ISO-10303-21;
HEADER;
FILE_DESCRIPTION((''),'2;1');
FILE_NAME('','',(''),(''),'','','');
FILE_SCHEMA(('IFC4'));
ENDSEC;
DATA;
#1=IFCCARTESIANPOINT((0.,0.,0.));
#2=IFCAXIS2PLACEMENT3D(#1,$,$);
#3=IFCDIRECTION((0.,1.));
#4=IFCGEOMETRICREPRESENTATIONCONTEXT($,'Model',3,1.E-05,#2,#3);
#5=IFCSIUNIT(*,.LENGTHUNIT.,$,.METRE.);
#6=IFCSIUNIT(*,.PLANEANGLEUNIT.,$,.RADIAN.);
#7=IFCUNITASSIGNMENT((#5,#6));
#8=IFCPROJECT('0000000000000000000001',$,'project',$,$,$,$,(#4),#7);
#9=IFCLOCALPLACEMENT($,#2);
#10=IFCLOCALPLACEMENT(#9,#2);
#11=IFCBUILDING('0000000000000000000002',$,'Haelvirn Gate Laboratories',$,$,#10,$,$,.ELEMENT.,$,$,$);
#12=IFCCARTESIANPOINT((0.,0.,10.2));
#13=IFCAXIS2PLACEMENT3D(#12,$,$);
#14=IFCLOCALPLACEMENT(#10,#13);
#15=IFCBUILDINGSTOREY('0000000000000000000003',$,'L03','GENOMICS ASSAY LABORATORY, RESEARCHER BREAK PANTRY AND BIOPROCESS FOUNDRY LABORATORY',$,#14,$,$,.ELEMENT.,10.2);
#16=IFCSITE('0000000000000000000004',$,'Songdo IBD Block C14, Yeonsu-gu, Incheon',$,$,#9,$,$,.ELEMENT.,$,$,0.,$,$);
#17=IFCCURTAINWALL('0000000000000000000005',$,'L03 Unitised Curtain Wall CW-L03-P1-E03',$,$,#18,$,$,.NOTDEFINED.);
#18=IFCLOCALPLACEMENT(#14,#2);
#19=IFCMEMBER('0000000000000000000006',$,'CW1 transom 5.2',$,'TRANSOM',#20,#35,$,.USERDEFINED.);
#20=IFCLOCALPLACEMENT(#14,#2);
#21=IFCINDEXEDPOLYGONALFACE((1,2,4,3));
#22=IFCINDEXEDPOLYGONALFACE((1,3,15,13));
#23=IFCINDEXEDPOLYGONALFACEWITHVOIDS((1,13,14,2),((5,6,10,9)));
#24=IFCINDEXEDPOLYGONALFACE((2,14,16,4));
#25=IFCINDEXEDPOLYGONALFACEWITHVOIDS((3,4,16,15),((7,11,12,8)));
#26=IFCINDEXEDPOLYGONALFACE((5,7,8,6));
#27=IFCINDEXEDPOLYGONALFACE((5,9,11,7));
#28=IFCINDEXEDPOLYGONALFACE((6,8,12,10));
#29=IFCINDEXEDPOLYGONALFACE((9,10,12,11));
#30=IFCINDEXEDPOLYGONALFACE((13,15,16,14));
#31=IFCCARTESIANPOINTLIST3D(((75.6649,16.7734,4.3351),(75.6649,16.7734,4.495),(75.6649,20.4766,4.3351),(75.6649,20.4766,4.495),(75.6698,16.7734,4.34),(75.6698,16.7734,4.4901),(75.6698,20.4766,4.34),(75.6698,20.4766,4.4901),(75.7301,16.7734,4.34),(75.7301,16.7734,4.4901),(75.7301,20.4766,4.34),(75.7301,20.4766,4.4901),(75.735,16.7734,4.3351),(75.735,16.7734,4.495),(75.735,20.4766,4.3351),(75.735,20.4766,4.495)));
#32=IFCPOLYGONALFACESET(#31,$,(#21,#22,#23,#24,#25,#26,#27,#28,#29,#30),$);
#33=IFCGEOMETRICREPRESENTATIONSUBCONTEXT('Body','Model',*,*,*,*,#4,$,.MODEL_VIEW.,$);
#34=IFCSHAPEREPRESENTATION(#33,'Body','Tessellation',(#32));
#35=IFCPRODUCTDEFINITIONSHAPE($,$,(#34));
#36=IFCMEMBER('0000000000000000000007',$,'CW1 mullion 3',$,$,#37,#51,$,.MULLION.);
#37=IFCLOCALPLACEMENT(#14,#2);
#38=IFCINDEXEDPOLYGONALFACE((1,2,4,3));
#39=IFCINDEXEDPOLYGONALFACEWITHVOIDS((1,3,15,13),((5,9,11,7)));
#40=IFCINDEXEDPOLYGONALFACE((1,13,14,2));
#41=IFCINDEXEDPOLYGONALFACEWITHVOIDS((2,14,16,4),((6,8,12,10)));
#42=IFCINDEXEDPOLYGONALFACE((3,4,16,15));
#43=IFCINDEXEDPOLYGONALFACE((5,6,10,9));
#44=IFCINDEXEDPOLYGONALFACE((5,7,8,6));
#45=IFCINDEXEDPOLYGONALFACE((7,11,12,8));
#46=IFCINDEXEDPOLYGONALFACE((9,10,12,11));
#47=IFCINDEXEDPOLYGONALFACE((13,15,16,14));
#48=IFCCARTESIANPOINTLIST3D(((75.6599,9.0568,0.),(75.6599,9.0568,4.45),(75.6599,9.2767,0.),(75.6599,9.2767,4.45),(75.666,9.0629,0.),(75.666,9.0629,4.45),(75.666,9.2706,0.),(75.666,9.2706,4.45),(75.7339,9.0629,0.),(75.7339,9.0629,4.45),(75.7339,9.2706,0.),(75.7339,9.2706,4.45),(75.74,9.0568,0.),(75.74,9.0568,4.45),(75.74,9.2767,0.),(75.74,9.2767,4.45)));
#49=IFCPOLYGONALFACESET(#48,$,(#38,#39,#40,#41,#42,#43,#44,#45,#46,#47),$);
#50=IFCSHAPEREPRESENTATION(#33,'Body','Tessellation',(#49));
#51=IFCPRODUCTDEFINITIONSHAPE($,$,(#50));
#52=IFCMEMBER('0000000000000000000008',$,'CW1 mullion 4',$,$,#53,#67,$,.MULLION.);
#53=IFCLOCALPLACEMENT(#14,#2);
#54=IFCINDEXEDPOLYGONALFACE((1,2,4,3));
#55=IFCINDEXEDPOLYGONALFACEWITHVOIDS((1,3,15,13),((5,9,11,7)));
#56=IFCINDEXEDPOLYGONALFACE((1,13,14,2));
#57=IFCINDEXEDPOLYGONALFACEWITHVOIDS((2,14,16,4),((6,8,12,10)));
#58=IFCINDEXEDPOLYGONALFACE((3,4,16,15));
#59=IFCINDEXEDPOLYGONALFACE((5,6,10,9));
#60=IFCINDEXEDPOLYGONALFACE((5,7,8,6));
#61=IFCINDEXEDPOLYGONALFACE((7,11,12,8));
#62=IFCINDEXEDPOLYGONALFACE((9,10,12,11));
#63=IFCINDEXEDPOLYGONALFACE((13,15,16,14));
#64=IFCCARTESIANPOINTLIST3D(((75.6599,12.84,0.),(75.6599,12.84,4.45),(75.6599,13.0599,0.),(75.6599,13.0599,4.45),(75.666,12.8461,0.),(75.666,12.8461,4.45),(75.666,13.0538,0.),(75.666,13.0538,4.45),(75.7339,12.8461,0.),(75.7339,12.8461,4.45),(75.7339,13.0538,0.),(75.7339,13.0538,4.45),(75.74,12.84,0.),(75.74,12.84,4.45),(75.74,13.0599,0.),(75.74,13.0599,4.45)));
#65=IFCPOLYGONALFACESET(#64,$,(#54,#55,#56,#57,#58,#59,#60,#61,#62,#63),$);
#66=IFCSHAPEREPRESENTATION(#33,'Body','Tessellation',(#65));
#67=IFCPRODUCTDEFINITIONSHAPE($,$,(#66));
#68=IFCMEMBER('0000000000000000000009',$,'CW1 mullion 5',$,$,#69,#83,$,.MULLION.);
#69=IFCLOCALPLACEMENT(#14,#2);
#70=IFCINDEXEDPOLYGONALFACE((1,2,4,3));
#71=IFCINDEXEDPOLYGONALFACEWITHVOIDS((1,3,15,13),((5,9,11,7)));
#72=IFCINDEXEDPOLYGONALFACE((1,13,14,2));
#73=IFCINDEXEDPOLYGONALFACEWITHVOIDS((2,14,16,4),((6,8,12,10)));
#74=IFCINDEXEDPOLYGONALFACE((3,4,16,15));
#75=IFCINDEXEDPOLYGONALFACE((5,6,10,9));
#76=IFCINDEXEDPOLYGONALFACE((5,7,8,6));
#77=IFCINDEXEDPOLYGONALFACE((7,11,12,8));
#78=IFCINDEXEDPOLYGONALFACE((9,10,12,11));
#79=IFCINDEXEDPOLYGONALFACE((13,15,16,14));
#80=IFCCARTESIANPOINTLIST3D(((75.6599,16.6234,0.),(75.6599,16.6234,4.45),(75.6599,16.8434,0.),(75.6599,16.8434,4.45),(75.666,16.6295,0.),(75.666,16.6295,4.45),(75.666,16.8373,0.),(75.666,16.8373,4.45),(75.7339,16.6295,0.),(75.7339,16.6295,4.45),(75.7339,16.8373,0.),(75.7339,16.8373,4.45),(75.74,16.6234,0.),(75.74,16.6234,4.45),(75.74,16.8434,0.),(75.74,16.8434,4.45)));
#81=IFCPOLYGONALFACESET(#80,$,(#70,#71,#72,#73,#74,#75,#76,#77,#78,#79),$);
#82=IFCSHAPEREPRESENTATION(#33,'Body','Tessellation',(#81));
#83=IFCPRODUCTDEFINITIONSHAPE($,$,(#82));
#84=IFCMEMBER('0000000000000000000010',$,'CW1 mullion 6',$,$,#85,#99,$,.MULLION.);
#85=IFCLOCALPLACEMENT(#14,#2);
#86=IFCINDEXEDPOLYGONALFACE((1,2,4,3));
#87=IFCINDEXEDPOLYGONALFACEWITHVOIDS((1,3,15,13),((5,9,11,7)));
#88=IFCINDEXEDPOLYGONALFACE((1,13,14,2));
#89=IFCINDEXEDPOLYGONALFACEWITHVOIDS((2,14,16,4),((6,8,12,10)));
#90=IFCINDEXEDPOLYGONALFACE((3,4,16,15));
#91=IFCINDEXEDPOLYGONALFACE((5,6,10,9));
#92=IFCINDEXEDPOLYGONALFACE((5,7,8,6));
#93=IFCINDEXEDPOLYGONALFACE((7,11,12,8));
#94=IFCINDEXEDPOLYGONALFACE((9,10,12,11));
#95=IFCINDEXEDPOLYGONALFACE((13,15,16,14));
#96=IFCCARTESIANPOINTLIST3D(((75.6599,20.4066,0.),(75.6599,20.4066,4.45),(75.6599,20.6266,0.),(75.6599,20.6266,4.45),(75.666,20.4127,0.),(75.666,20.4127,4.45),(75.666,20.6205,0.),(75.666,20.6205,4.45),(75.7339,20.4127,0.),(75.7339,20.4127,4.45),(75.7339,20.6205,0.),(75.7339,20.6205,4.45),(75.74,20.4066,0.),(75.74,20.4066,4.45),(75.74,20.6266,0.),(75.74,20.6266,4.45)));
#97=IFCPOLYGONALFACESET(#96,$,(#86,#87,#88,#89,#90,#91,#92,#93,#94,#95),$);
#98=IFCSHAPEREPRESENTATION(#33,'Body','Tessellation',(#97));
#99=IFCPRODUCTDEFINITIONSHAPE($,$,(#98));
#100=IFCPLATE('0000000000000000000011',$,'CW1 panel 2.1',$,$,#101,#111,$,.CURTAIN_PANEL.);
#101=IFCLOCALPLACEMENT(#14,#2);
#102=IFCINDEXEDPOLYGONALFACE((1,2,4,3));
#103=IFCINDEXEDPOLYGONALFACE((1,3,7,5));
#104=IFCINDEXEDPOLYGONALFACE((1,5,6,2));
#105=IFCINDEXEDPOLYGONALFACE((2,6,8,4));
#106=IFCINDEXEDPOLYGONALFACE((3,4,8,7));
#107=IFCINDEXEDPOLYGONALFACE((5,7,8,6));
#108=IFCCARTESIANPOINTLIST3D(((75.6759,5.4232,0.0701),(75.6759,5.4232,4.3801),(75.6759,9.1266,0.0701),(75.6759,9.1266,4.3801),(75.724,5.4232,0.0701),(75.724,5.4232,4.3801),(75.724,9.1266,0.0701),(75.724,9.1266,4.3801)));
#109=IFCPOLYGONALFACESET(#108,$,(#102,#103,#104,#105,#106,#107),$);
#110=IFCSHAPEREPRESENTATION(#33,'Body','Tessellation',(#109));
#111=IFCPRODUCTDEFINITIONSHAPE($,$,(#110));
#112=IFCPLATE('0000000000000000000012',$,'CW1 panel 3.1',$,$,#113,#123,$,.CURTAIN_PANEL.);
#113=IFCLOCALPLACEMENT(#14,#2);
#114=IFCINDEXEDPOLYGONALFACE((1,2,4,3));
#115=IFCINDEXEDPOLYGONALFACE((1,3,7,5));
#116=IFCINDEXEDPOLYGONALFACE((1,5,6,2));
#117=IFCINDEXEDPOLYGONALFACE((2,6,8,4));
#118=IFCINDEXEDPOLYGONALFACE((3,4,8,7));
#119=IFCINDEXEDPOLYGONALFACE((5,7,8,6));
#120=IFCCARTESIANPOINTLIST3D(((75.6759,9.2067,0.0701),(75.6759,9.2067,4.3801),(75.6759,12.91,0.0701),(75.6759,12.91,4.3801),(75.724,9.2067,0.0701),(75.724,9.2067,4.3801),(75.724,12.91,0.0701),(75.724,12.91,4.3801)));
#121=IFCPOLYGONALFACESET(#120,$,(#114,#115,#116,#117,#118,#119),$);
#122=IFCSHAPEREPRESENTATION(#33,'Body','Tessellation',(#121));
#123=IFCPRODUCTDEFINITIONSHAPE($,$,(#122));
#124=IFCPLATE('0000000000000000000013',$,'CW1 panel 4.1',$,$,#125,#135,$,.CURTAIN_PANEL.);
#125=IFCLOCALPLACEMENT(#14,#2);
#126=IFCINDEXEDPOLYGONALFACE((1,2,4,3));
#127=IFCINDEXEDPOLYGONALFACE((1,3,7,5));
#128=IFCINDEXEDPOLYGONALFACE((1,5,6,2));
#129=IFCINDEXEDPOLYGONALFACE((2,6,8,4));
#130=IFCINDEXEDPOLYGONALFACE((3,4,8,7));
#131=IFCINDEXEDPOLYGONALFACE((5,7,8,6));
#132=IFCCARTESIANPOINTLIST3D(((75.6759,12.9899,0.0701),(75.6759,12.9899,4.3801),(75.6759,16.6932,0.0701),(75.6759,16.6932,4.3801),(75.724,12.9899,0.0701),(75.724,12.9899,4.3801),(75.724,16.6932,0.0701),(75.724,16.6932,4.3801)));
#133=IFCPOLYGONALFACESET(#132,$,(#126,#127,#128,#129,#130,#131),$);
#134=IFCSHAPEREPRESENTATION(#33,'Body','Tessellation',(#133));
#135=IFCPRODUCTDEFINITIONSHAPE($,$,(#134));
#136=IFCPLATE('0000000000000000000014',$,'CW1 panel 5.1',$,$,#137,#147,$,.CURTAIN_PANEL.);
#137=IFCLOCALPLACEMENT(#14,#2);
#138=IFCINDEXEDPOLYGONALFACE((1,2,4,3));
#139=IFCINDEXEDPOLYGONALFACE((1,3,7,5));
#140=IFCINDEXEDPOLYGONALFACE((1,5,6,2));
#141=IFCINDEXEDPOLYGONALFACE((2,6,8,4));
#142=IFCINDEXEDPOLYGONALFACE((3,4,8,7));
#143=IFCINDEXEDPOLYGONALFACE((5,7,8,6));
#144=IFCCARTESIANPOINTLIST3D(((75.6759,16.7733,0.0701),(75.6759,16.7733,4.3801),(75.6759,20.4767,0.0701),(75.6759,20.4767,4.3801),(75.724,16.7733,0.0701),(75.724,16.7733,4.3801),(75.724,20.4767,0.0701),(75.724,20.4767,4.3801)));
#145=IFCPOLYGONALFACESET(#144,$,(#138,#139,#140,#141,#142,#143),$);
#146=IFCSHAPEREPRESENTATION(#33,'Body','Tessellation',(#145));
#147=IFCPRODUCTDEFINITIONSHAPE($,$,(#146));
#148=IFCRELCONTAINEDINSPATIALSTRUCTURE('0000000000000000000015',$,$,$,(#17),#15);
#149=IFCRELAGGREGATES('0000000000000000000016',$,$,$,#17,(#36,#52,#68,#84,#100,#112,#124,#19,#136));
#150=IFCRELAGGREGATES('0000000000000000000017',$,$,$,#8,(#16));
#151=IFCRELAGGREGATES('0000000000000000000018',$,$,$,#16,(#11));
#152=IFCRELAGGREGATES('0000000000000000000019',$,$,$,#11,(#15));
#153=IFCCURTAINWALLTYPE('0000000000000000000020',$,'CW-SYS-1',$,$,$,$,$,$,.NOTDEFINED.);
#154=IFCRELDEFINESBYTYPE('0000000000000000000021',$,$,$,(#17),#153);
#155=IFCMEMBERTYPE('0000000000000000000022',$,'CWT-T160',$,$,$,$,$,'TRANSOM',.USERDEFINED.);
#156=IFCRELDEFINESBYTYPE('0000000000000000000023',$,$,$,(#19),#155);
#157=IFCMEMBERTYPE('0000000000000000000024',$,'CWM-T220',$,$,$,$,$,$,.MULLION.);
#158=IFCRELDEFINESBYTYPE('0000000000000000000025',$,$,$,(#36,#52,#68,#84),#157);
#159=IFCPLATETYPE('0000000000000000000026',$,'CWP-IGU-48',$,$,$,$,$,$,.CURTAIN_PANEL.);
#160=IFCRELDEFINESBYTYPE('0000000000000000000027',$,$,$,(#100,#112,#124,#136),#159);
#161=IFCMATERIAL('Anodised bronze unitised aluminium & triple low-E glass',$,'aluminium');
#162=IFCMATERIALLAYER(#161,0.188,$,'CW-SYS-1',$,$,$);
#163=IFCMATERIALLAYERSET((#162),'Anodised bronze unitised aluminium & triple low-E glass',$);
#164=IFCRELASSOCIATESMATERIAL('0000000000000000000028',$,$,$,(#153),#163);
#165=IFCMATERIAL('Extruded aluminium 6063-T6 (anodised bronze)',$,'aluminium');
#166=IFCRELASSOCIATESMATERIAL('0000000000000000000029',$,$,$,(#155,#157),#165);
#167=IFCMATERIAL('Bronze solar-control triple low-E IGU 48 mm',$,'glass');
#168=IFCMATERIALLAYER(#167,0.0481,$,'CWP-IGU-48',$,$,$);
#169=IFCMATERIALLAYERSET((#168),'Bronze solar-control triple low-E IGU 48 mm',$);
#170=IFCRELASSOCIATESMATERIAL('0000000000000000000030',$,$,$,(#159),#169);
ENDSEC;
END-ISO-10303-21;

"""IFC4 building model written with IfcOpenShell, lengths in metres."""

from ifc_helpers import new_model, si_unit, direction, frame, origin, origin_2d, place, context, subcontext, project, spatial, rectangle, hollow_rectangle, extrude, source, transform, mapped, material, layer, layer_set, material_profile, profile_set, type_object, type_shapes, element, aggregate, save


model = new_model("IFC4")

# Units and contexts
model_context = context("Model", 3, precision=1e-05, world=origin(), true_north=direction((0.0, 1.0)))
body_context = subcontext(model_context, "Body", "Model", "MODEL_VIEW")
ifc_project = project(units=[si_unit("LENGTHUNIT", "METRE"), si_unit("PLANEANGLEUNIT", "RADIAN")], contexts=[model_context])

# Site, building, storey
site_placement = place(None, origin())
site = spatial("IfcSite", under=ifc_project, at=site_placement, Name="Songdo IBD Block C14, Yeonsu-gu, Incheon", CompositionType="ELEMENT", RefElevation=0.0)
building_placement = place(site_placement, origin())
building = spatial("IfcBuilding", under=site, at=building_placement, Name="Haelvirn Gate Laboratories", CompositionType="ELEMENT")
storey_placement = place(building_placement, frame((0.0, 0.0, 10.2)))
storey = spatial("IfcBuildingStorey", under=building, at=storey_placement, Name="L03", Description="GENOMICS ASSAY LABORATORY, RESEARCHER BREAK PANTRY AND BIOPROCESS FOUNDRY LABORATORY", CompositionType="ELEMENT", Elevation=10.2)

# Curtain wall, members, plates
ifc_material_1 = material(Name="Anodised bronze unitised aluminium & triple low-E glass", Category="aluminium")
ifc_layer_1 = layer(ifc_material_1, 0.188, Name="CW-SYS-1")
ifc_layer_set_1 = layer_set([ifc_layer_1], Name="Anodised bronze unitised aluminium & triple low-E glass")
curtain_wall_type = type_object("IfcCurtainWallType", Name="CW-SYS-1", PredefinedType="NOTDEFINED", material=ifc_layer_set_1)
curtain_wall_placement = place(storey_placement, origin())
curtain_wall = element("IfcCurtainWall", 1, at=curtain_wall_placement, inside=storey, type_object=curtain_wall_type, Name="L03 Unitised Curtain Wall CW-L03-P1-E03", PredefinedType="NOTDEFINED")
ifc_material_2 = material(Name="Extruded aluminium 6063-T6 (anodised bronze)", Category="aluminium")
ifc_material_profile_1 = material_profile(ifc_material_2, hollow_rectangle(XDim=0.0701, YDim=0.1599, WallThickness=0.0049, at=origin_2d()), Name="CWT-160x70x5")
ifc_profile_set_1 = profile_set([ifc_material_profile_1], Name="Extruded aluminium 6063-T6 (anodised bronze)")
member_type_1 = type_object("IfcMemberType", Name="CWT-T160", ElementType="TRANSOM", PredefinedType="USERDEFINED", material=ifc_profile_set_1)
shared_shape_1 = source(origin(), body_context, "Body", "SweptSolid", [
    extrude(hollow_rectangle(XDim=0.0701, YDim=0.1599, WallThickness=0.0049, at=origin_2d()), origin(), (0.0, 0.0, 1.0), 3.7031),
])
member_1_placement = place(storey_placement, frame((75.7, 16.7734, 4.415), z_axis=(0.0, 1.0, 0.0), x_axis=(-1.0, 0.0, 0.0)))
member_1 = element("IfcMember", 2, at=member_1_placement, type_object=member_type_1, Name="CW1 transom 5.2", ObjectType="TRANSOM", PredefinedType="USERDEFINED", context=body_context, shape_type="MappedRepresentation", body=[
    mapped(shared_shape_1, transform((0.0, 0.0, 0.0), scale=1.0)),
])
ifc_material_profile_2 = material_profile(ifc_material_2, hollow_rectangle(XDim=0.0801, YDim=0.22, WallThickness=0.0061, at=origin_2d()), Name="CWM-220x80x6")
ifc_profile_set_2 = profile_set([ifc_material_profile_2], Name="Extruded aluminium 6063-T6 (anodised bronze)")
member_type_2 = type_object("IfcMemberType", Name="CWM-T220", PredefinedType="MULLION", material=ifc_profile_set_2)
shared_shape_2 = source(origin(), body_context, "Body", "SweptSolid", [
    extrude(hollow_rectangle(XDim=0.0801, YDim=0.22, WallThickness=0.0061, at=origin_2d()), origin(), (0.0, 0.0, 1.0), 4.45),
])
type_shapes(member_type_2, [shared_shape_2])
member_2_placement = place(storey_placement, frame((75.7, 9.1667, 0.0), z_axis=(0.0, 0.0, 1.0), x_axis=(-1.0, 0.0, 0.0)))
member_2 = element("IfcMember", 3, at=member_2_placement, type_object=member_type_2, Name="CW1 mullion 3", PredefinedType="MULLION", context=body_context, shape_type="MappedRepresentation", body=[
    mapped(shared_shape_2, transform((0.0, 0.0, 0.0), scale=1.0)),
])
member_3_placement = place(storey_placement, frame((75.7, 12.95, 0.0), z_axis=(0.0, 0.0, 1.0), x_axis=(-1.0, 0.0, 0.0)))
member_3 = element("IfcMember", 4, at=member_3_placement, type_object=member_type_2, Name="CW1 mullion 4", PredefinedType="MULLION", context=body_context, shape_type="MappedRepresentation", body=[
    mapped(shared_shape_2, transform((0.0, 0.0, 0.0), scale=1.0)),
])
member_4_placement = place(storey_placement, frame((75.7, 16.7334, 0.0), z_axis=(0.0, 0.0, 1.0), x_axis=(-1.0, 0.0, 0.0)))
member_4 = element("IfcMember", 5, at=member_4_placement, type_object=member_type_2, Name="CW1 mullion 5", PredefinedType="MULLION", context=body_context, shape_type="MappedRepresentation", body=[
    mapped(shared_shape_2, transform((0.0, 0.0, 0.0), scale=1.0)),
])
member_5_placement = place(storey_placement, frame((75.7, 20.5166, 0.0), z_axis=(0.0, 0.0, 1.0), x_axis=(-1.0, 0.0, 0.0)))
member_5 = element("IfcMember", 6, at=member_5_placement, type_object=member_type_2, Name="CW1 mullion 6", PredefinedType="MULLION", context=body_context, shape_type="MappedRepresentation", body=[
    mapped(shared_shape_2, transform((0.0, 0.0, 0.0), scale=1.0)),
])
ifc_material_3 = material(Name="Bronze solar-control triple low-E IGU 48 mm", Category="glass")
ifc_layer_2 = layer(ifc_material_3, 0.0481, Name="CWP-IGU-48")
ifc_layer_set_2 = layer_set([ifc_layer_2], Name="Bronze solar-control triple low-E IGU 48 mm")
plate_type = type_object("IfcPlateType", Name="CWP-IGU-48", PredefinedType="CURTAIN_PANEL", material=ifc_layer_set_2)
shared_shape_3 = source(origin(), body_context, "Body", "SweptSolid", [
    extrude(rectangle(XDim=3.7034, YDim=0.0481, at=origin_2d()), origin(), (0.0, 0.0, 1.0), 4.3101),
])
type_shapes(plate_type, [shared_shape_3])
plate_1_placement = place(storey_placement, frame((75.7, 7.2749, 0.0701), z_axis=(0.0, 0.0, 1.0), x_axis=(0.0, 1.0, 0.0)))
plate_1 = element("IfcPlate", 7, at=plate_1_placement, type_object=plate_type, Name="CW1 panel 2.1", PredefinedType="CURTAIN_PANEL", context=body_context, shape_type="MappedRepresentation", body=[
    mapped(shared_shape_3, transform((0.0, 0.0, 0.0), scale=1.0)),
])
plate_2_placement = place(storey_placement, frame((75.7, 11.0583, 0.0701), z_axis=(0.0, 0.0, 1.0), x_axis=(0.0, 1.0, 0.0)))
plate_2 = element("IfcPlate", 8, at=plate_2_placement, type_object=plate_type, Name="CW1 panel 3.1", PredefinedType="CURTAIN_PANEL", context=body_context, shape_type="MappedRepresentation", body=[
    mapped(shared_shape_3, transform((0.0, 0.0, 0.0), scale=1.0)),
])
plate_3_placement = place(storey_placement, frame((75.7, 14.8416, 0.0701), z_axis=(0.0, 0.0, 1.0), x_axis=(0.0, 1.0, 0.0)))
plate_3 = element("IfcPlate", 9, at=plate_3_placement, type_object=plate_type, Name="CW1 panel 4.1", PredefinedType="CURTAIN_PANEL", context=body_context, shape_type="MappedRepresentation", body=[
    mapped(shared_shape_3, transform((0.0, 0.0, 0.0), scale=1.0)),
])
plate_4_placement = place(storey_placement, frame((75.7, 18.625, 0.0701), z_axis=(0.0, 0.0, 1.0), x_axis=(0.0, 1.0, 0.0)))
plate_4 = element("IfcPlate", 10, at=plate_4_placement, type_object=plate_type, Name="CW1 panel 5.1", PredefinedType="CURTAIN_PANEL", context=body_context, shape_type="MappedRepresentation", body=[
    mapped(shared_shape_3, transform((0.0, 0.0, 0.0), scale=1.0)),
])
aggregate(curtain_wall, [member_2, member_3, member_4, member_5, plate_1, plate_2, plate_3, member_1, plate_4])

save(model, "model.ifc")
